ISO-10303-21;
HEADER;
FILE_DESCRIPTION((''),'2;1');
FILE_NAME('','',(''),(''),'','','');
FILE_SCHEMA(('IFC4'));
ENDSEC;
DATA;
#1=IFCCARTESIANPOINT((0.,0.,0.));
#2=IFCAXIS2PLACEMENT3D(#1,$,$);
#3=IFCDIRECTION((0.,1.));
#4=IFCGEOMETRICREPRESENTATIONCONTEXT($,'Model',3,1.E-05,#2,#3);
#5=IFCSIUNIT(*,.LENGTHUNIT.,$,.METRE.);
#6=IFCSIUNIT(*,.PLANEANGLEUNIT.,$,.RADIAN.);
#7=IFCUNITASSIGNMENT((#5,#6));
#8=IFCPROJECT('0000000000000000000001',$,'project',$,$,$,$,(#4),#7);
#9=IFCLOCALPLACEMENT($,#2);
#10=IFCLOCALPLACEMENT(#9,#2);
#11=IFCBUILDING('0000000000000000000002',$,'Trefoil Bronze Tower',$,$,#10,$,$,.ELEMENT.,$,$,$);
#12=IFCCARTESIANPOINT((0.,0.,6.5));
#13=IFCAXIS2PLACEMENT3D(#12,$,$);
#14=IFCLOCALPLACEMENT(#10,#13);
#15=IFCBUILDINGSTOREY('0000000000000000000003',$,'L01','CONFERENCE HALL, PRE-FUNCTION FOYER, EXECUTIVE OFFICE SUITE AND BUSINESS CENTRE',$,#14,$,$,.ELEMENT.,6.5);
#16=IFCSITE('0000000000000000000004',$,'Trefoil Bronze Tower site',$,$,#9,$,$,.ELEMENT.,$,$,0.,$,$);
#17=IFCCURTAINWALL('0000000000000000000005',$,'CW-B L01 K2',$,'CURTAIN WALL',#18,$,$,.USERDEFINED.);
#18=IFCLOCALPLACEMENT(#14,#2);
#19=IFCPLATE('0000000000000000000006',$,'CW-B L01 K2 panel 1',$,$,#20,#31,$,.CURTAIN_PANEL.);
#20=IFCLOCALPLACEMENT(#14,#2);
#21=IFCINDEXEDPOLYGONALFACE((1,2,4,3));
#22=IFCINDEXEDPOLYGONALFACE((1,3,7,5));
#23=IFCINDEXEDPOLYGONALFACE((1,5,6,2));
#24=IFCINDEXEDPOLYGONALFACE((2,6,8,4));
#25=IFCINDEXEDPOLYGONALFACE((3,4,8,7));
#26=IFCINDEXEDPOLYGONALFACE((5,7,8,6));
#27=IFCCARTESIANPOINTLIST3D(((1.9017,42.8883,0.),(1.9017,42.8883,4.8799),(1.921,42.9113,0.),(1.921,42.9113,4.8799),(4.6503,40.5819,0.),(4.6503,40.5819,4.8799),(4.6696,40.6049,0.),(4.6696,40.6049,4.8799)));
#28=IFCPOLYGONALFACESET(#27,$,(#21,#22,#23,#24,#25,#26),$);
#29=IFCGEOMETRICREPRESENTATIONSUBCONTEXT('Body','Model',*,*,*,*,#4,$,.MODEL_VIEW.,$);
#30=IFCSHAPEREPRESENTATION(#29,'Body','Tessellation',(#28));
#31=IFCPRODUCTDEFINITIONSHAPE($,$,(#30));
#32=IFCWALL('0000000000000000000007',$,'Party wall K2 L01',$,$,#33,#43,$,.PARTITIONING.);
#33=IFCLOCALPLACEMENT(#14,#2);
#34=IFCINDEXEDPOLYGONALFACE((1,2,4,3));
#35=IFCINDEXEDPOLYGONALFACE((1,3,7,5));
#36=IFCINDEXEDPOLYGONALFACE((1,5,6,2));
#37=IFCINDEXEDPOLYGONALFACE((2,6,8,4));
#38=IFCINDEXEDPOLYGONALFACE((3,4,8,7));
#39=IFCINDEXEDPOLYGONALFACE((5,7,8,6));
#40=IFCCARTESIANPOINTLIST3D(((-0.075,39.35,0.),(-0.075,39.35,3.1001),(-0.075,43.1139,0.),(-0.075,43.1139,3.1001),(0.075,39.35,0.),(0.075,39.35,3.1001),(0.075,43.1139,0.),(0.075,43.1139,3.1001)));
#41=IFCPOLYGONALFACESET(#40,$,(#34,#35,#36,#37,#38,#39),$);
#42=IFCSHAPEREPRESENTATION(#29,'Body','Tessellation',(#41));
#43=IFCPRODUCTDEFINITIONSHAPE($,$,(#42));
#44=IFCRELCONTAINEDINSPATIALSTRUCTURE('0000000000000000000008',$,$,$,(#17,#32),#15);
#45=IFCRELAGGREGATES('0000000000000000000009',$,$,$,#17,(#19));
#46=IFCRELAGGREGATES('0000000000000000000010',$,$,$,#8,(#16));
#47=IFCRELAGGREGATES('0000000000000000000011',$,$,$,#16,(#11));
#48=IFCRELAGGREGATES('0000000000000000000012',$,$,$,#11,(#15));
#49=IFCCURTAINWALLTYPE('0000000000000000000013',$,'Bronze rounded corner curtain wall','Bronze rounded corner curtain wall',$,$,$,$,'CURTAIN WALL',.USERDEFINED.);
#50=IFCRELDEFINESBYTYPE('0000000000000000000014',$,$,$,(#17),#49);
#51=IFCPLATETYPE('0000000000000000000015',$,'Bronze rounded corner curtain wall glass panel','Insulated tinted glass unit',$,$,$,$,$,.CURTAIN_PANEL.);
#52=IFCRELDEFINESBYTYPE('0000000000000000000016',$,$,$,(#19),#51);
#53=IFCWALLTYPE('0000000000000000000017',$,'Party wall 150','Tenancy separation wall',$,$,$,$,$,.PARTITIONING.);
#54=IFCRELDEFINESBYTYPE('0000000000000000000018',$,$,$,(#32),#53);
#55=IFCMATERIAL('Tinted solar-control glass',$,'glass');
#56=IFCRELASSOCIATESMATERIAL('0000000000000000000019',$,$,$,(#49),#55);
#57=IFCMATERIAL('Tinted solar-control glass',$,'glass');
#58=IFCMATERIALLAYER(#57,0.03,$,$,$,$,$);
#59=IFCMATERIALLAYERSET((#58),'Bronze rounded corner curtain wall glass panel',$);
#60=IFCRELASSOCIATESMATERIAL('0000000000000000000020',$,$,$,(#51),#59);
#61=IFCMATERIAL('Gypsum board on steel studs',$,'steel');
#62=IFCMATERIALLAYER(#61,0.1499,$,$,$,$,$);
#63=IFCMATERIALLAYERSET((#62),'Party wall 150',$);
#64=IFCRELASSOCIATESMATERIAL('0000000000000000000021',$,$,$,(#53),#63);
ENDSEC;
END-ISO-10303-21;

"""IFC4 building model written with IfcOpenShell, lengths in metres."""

from ifc_helpers import new_model, si_unit, direction, frame, frame_2d, origin, origin_2d, place, context, subcontext, project, spatial, rectangle, extrude, material, layer, layer_set, type_object, element, aggregate, save


model = new_model("IFC4")

# Units and contexts
model_context = context("Model", 3, precision=1e-05, world=origin(), true_north=direction((0.0, 1.0)))
body_context = subcontext(model_context, "Body", "Model", "MODEL_VIEW")
ifc_project = project(units=[si_unit("LENGTHUNIT", "METRE"), si_unit("PLANEANGLEUNIT", "RADIAN")], contexts=[model_context])

# Site, building, storey
site_placement = place(None, origin())
site = spatial("IfcSite", under=ifc_project, at=site_placement, Name="Trefoil Bronze Tower site", CompositionType="ELEMENT", RefElevation=0.0)
building_placement = place(site_placement, origin())
building = spatial("IfcBuilding", under=site, at=building_placement, Name="Trefoil Bronze Tower", CompositionType="ELEMENT")
storey_placement = place(building_placement, frame((0.0, 0.0, 6.5)))
storey = spatial("IfcBuildingStorey", under=building, at=storey_placement, Name="L01", Description="CONFERENCE HALL, PRE-FUNCTION FOYER, EXECUTIVE OFFICE SUITE AND BUSINESS CENTRE", CompositionType="ELEMENT", Elevation=6.5)

# Curtain wall
ifc_material_1 = material(Name="Tinted solar-control glass", Category="glass")
curtain_wall_type_1 = type_object("IfcCurtainWallType", Name="Bronze rounded corner curtain wall", Description="Bronze rounded corner curtain wall", ElementType="CURTAIN WALL", PredefinedType="USERDEFINED", material=ifc_material_1)
curtain_wall_1_placement = place(storey_placement, origin())
curtain_wall_1 = element("IfcCurtainWall", 1, at=curtain_wall_1_placement, inside=storey, type_object=curtain_wall_type_1, Name="CW-B L01 K2", ObjectType="CURTAIN WALL", PredefinedType="USERDEFINED")

# Plate
ifc_material_2 = material(Name="Tinted solar-control glass", Category="glass")
ifc_layer_1 = layer(ifc_material_2, 0.03)
ifc_layer_set_1 = layer_set([ifc_layer_1], Name="Bronze rounded corner curtain wall glass panel")
plate_type_1 = type_object("IfcPlateType", Name="Bronze rounded corner curtain wall glass panel", Description="Insulated tinted glass unit", PredefinedType="CURTAIN_PANEL", material=ifc_layer_set_1)
plate_1_placement = place(storey_placement, frame((3.2856, 41.7466, 0.0), z_axis=(0.0, 0.0, 1.0), x_axis=(-0.766044, 0.642788, 0.0)))
plate_1 = element("IfcPlate", 2, at=plate_1_placement, type_object=plate_type_1, Name="CW-B L01 K2 panel 1", PredefinedType="CURTAIN_PANEL", context=body_context, shape_type="SweptSolid", body=[
    extrude(rectangle(XDim=3.5881, YDim=0.03, at=origin_2d()), origin(), (0.0, 0.0, 1.0), 4.8799),
])
aggregate(curtain_wall_1, [plate_1])

# Wall
ifc_material_3 = material(Name="Gypsum board on steel studs", Category="steel")
ifc_layer_2 = layer(ifc_material_3, 0.1499)
ifc_layer_set_2 = layer_set([ifc_layer_2], Name="Party wall 150")
wall_type = type_object("IfcWallType", Name="Party wall 150", Description="Tenancy separation wall", PredefinedType="PARTITIONING", material=ifc_layer_set_2)
wall_placement = place(storey_placement, frame((0.0, 39.3501, 0.0), z_axis=(0.0, 0.0, 1.0), x_axis=(0.0, 1.0, 0.0)))
element("IfcWall", 3, at=wall_placement, inside=storey, type_object=wall_type, Name="Party wall K2 L01", PredefinedType="PARTITIONING", context=body_context, shape_type="SweptSolid", body=[
    extrude(rectangle(XDim=3.7639, YDim=0.1499, at=frame_2d((1.8818, 0.0))), origin(), (0.0, 0.0, 1.0), 3.1001),
])

save(model, "model.ifc")
